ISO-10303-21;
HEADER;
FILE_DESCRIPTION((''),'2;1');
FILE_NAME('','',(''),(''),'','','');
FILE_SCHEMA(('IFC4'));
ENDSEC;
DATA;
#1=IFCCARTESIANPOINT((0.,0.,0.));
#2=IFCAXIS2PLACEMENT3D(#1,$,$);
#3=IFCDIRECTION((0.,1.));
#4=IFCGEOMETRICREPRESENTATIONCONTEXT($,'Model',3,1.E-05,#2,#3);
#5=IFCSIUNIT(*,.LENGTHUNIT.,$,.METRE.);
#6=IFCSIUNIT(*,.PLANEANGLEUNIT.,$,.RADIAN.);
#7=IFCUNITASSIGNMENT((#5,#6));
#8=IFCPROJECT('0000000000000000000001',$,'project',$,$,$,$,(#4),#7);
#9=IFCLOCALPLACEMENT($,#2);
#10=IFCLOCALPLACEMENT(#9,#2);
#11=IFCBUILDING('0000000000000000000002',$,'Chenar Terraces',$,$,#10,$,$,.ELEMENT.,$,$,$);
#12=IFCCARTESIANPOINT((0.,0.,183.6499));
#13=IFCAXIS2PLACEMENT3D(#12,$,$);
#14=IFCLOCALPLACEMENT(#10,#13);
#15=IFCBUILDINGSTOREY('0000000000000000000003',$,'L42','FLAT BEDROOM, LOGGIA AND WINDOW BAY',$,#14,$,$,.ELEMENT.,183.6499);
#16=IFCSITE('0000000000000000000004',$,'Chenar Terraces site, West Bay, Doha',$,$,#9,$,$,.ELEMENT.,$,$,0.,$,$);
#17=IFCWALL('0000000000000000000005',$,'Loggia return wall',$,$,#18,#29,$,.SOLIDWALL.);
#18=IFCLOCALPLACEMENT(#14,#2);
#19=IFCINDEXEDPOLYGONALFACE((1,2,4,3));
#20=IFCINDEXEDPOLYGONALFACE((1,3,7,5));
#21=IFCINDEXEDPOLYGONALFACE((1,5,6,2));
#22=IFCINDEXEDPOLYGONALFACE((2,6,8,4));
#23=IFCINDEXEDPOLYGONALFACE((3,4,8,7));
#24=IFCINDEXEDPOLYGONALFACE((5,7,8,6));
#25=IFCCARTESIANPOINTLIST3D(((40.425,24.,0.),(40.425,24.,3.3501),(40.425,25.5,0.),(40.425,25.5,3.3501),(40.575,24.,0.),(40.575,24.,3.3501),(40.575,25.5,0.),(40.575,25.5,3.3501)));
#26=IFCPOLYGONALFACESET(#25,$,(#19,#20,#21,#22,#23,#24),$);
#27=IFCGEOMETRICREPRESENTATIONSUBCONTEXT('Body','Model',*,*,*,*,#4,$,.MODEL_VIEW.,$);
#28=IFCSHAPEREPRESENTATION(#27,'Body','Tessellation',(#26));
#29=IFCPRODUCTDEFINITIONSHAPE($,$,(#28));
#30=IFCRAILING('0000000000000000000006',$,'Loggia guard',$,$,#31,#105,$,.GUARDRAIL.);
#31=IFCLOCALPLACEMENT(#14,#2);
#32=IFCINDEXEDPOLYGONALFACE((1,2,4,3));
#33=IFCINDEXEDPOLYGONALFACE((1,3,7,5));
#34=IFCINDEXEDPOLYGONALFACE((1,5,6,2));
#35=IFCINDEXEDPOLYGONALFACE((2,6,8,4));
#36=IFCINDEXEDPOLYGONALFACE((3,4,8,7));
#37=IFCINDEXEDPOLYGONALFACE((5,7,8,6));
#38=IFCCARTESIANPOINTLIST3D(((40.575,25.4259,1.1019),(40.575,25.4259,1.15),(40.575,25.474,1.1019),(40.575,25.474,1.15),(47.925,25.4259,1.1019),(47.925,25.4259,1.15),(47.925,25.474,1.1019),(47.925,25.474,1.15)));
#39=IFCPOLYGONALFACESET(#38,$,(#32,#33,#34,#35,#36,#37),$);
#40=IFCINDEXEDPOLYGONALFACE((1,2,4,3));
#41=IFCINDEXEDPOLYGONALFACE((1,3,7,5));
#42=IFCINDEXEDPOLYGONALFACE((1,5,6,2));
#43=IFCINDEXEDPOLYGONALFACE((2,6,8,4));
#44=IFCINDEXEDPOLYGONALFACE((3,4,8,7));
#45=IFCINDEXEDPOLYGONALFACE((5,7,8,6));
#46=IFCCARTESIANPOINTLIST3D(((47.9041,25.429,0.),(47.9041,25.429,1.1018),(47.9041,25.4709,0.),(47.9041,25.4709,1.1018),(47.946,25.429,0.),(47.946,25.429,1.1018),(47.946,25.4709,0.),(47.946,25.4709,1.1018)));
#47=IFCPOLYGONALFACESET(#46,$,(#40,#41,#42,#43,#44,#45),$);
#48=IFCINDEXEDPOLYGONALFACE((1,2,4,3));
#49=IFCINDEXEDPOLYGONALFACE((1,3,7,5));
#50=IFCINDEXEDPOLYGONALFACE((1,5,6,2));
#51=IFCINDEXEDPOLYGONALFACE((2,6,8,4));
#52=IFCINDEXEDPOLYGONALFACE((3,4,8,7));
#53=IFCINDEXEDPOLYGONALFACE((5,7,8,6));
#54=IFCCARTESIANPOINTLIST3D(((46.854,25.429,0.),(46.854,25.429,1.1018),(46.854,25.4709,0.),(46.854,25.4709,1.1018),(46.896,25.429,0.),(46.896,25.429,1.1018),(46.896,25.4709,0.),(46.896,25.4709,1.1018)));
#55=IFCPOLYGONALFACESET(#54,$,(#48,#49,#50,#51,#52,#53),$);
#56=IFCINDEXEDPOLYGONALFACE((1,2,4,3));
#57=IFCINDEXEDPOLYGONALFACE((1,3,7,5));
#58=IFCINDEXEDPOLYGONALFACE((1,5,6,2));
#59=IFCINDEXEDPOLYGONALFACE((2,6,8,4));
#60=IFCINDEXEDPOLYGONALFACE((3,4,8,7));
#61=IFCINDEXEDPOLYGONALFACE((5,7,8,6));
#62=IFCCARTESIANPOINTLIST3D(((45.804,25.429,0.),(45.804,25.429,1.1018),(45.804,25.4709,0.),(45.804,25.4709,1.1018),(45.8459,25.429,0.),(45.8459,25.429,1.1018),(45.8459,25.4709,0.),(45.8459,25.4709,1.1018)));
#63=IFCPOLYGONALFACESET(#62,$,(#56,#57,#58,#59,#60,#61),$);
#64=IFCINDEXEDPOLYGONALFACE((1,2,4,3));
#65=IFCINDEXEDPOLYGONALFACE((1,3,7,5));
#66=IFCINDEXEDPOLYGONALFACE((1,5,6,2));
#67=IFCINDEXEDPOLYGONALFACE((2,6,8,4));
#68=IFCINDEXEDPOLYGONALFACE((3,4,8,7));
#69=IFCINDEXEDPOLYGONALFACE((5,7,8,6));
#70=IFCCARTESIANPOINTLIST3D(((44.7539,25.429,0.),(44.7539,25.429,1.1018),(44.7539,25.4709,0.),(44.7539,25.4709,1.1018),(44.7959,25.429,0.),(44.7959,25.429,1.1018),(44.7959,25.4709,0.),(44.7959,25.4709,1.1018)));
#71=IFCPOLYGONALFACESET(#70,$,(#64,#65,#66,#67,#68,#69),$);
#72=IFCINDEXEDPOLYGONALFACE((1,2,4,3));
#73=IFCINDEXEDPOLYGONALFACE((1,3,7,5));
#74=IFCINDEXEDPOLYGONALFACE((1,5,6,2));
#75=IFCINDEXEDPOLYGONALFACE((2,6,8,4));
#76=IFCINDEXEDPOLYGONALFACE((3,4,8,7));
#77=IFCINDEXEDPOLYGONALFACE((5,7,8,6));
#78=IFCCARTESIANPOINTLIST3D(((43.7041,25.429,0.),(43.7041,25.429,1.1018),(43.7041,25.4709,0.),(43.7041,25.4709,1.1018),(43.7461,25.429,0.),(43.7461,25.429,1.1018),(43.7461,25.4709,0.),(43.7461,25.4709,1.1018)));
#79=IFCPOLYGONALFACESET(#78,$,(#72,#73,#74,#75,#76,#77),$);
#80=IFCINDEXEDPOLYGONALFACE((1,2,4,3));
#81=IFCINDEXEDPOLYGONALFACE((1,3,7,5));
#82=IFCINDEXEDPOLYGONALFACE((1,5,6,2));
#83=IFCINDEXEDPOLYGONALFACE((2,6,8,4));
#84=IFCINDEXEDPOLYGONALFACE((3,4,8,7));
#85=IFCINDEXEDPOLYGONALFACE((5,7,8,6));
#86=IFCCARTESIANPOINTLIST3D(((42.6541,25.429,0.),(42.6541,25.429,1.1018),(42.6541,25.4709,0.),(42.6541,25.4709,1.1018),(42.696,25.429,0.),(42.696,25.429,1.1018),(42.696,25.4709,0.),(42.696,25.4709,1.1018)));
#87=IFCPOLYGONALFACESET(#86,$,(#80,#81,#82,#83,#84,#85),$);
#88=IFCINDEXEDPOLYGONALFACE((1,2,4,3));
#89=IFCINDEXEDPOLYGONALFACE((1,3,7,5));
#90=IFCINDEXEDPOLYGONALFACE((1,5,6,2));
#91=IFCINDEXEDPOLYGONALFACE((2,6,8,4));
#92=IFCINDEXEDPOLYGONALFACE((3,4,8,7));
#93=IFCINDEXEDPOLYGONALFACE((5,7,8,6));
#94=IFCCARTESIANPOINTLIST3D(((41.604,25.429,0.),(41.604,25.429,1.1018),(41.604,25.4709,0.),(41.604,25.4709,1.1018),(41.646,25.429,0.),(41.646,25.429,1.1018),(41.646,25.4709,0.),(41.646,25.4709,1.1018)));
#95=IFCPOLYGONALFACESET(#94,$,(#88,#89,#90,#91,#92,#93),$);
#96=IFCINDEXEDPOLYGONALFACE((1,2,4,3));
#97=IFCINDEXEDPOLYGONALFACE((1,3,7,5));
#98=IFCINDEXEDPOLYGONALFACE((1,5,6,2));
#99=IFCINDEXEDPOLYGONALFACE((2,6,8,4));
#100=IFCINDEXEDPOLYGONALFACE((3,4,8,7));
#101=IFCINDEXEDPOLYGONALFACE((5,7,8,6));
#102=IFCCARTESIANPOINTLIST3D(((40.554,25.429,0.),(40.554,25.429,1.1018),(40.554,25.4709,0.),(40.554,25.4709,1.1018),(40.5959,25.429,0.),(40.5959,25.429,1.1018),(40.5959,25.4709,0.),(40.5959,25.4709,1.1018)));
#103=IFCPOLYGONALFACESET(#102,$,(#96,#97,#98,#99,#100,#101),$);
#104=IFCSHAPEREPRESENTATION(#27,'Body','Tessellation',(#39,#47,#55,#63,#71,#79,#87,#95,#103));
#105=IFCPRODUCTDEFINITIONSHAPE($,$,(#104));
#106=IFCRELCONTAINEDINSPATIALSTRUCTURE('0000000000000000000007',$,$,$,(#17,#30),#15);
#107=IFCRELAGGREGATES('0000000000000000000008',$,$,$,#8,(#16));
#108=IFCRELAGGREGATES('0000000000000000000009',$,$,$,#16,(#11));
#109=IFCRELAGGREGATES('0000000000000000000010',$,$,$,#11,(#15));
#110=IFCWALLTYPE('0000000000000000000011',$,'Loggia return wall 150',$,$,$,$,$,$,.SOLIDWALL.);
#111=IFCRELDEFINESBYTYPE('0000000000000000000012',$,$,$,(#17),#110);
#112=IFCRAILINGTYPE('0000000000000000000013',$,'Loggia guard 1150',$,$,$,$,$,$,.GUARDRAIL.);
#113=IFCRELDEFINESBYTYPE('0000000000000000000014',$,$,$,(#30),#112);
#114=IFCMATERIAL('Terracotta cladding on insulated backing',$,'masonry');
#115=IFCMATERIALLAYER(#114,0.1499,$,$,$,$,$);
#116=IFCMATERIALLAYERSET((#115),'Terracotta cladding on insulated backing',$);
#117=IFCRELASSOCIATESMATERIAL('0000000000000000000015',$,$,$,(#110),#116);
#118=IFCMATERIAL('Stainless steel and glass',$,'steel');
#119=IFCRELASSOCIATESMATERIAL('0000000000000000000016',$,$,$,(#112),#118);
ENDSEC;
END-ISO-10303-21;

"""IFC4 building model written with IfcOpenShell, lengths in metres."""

from ifc_helpers import new_model, si_unit, direction, frame, frame_2d, origin, origin_2d, place, context, subcontext, project, spatial, rectangle, extrude, material, layer, layer_set, type_object, element, save


model = new_model("IFC4")

# Units and contexts
model_context = context("Model", 3, precision=1e-05, world=origin(), true_north=direction((0.0, 1.0)))
body_context = subcontext(model_context, "Body", "Model", "MODEL_VIEW")
ifc_project = project(units=[si_unit("LENGTHUNIT", "METRE"), si_unit("PLANEANGLEUNIT", "RADIAN")], contexts=[model_context])

# Site, building, storey
site_placement = place(None, origin())
site = spatial("IfcSite", under=ifc_project, at=site_placement, Name="Chenar Terraces site, West Bay, Doha", CompositionType="ELEMENT", RefElevation=0.0)
building_placement = place(site_placement, origin())
building = spatial("IfcBuilding", under=site, at=building_placement, Name="Chenar Terraces", CompositionType="ELEMENT")
storey_placement = place(building_placement, frame((0.0, 0.0, 183.6499)))
storey = spatial("IfcBuildingStorey", under=building, at=storey_placement, Name="L42", Description="FLAT BEDROOM, LOGGIA AND WINDOW BAY", CompositionType="ELEMENT", Elevation=183.6499)

# Wall
ifc_material_1 = material(Name="Terracotta cladding on insulated backing", Category="masonry")
ifc_layer_1 = layer(ifc_material_1, 0.1499)
ifc_layer_set_1 = layer_set([ifc_layer_1], Name="Terracotta cladding on insulated backing")
wall_type = type_object("IfcWallType", Name="Loggia return wall 150", PredefinedType="SOLIDWALL", material=ifc_layer_set_1)
for number, where, z_axis, x_axis, name in (
    (1, (40.5, 25.5, 0.0), (0.0, 0.0, 1.0), (0.0, -1.0, 0.0), "Loggia return wall"),
):
    element("IfcWall", number, at=place(storey_placement, frame(where, z_axis=z_axis, x_axis=x_axis)), inside=storey, type_object=wall_type, Name=name, PredefinedType="SOLIDWALL", context=body_context, shape_type="SweptSolid", body=[
        extrude(rectangle(XDim=1.5, YDim=0.1499, at=frame_2d((0.75, 0.0))), origin(), (0.0, 0.0, 1.0), 3.3501),
    ])

# Railing
ifc_material_2 = material(Name="Stainless steel and glass", Category="steel")
railing_type = type_object("IfcRailingType", Name="Loggia guard 1150", PredefinedType="GUARDRAIL", material=ifc_material_2)
railing_placement = place(storey_placement, frame((47.925, 25.45, 0.0)))
element("IfcRailing", 2, at=railing_placement, inside=storey, type_object=railing_type, Name="Loggia guard", PredefinedType="GUARDRAIL", context=body_context, shape_type="SweptSolid", body=[
    extrude(rectangle(XDim=0.0481, YDim=0.0481, at=origin_2d()), frame((0.0, 0.0, 1.126), z_axis=(-1.0, 0.0, 0.0), x_axis=(0.0, -1.0, 0.0)), (0.0, 0.0, 1.0), 7.3501),
    extrude(rectangle(XDim=0.042, YDim=0.042, at=origin_2d()), origin(), (0.0, 0.0, 1.0), 1.1018),
    extrude(rectangle(XDim=0.042, YDim=0.042, at=origin_2d()), frame((-1.05, 0.0, 0.0)), (0.0, 0.0, 1.0), 1.1018),
    extrude(rectangle(XDim=0.042, YDim=0.042, at=origin_2d()), frame((-2.1001, 0.0, 0.0)), (0.0, 0.0, 1.0), 1.1018),
    extrude(rectangle(XDim=0.042, YDim=0.042, at=origin_2d()), frame((-3.1501, 0.0, 0.0)), (0.0, 0.0, 1.0), 1.1018),
    extrude(rectangle(XDim=0.042, YDim=0.042, at=origin_2d()), frame((-4.2, 0.0, 0.0)), (0.0, 0.0, 1.0), 1.1018),
    extrude(rectangle(XDim=0.042, YDim=0.042, at=origin_2d()), frame((-5.25, 0.0, 0.0)), (0.0, 0.0, 1.0), 1.1018),
    extrude(rectangle(XDim=0.042, YDim=0.042, at=origin_2d()), frame((-6.3, 0.0, 0.0)), (0.0, 0.0, 1.0), 1.1018),
    extrude(rectangle(XDim=0.042, YDim=0.042, at=origin_2d()), frame((-7.3501, 0.0, 0.0)), (0.0, 0.0, 1.0), 1.1018),
])

save(model, "model.ifc")
